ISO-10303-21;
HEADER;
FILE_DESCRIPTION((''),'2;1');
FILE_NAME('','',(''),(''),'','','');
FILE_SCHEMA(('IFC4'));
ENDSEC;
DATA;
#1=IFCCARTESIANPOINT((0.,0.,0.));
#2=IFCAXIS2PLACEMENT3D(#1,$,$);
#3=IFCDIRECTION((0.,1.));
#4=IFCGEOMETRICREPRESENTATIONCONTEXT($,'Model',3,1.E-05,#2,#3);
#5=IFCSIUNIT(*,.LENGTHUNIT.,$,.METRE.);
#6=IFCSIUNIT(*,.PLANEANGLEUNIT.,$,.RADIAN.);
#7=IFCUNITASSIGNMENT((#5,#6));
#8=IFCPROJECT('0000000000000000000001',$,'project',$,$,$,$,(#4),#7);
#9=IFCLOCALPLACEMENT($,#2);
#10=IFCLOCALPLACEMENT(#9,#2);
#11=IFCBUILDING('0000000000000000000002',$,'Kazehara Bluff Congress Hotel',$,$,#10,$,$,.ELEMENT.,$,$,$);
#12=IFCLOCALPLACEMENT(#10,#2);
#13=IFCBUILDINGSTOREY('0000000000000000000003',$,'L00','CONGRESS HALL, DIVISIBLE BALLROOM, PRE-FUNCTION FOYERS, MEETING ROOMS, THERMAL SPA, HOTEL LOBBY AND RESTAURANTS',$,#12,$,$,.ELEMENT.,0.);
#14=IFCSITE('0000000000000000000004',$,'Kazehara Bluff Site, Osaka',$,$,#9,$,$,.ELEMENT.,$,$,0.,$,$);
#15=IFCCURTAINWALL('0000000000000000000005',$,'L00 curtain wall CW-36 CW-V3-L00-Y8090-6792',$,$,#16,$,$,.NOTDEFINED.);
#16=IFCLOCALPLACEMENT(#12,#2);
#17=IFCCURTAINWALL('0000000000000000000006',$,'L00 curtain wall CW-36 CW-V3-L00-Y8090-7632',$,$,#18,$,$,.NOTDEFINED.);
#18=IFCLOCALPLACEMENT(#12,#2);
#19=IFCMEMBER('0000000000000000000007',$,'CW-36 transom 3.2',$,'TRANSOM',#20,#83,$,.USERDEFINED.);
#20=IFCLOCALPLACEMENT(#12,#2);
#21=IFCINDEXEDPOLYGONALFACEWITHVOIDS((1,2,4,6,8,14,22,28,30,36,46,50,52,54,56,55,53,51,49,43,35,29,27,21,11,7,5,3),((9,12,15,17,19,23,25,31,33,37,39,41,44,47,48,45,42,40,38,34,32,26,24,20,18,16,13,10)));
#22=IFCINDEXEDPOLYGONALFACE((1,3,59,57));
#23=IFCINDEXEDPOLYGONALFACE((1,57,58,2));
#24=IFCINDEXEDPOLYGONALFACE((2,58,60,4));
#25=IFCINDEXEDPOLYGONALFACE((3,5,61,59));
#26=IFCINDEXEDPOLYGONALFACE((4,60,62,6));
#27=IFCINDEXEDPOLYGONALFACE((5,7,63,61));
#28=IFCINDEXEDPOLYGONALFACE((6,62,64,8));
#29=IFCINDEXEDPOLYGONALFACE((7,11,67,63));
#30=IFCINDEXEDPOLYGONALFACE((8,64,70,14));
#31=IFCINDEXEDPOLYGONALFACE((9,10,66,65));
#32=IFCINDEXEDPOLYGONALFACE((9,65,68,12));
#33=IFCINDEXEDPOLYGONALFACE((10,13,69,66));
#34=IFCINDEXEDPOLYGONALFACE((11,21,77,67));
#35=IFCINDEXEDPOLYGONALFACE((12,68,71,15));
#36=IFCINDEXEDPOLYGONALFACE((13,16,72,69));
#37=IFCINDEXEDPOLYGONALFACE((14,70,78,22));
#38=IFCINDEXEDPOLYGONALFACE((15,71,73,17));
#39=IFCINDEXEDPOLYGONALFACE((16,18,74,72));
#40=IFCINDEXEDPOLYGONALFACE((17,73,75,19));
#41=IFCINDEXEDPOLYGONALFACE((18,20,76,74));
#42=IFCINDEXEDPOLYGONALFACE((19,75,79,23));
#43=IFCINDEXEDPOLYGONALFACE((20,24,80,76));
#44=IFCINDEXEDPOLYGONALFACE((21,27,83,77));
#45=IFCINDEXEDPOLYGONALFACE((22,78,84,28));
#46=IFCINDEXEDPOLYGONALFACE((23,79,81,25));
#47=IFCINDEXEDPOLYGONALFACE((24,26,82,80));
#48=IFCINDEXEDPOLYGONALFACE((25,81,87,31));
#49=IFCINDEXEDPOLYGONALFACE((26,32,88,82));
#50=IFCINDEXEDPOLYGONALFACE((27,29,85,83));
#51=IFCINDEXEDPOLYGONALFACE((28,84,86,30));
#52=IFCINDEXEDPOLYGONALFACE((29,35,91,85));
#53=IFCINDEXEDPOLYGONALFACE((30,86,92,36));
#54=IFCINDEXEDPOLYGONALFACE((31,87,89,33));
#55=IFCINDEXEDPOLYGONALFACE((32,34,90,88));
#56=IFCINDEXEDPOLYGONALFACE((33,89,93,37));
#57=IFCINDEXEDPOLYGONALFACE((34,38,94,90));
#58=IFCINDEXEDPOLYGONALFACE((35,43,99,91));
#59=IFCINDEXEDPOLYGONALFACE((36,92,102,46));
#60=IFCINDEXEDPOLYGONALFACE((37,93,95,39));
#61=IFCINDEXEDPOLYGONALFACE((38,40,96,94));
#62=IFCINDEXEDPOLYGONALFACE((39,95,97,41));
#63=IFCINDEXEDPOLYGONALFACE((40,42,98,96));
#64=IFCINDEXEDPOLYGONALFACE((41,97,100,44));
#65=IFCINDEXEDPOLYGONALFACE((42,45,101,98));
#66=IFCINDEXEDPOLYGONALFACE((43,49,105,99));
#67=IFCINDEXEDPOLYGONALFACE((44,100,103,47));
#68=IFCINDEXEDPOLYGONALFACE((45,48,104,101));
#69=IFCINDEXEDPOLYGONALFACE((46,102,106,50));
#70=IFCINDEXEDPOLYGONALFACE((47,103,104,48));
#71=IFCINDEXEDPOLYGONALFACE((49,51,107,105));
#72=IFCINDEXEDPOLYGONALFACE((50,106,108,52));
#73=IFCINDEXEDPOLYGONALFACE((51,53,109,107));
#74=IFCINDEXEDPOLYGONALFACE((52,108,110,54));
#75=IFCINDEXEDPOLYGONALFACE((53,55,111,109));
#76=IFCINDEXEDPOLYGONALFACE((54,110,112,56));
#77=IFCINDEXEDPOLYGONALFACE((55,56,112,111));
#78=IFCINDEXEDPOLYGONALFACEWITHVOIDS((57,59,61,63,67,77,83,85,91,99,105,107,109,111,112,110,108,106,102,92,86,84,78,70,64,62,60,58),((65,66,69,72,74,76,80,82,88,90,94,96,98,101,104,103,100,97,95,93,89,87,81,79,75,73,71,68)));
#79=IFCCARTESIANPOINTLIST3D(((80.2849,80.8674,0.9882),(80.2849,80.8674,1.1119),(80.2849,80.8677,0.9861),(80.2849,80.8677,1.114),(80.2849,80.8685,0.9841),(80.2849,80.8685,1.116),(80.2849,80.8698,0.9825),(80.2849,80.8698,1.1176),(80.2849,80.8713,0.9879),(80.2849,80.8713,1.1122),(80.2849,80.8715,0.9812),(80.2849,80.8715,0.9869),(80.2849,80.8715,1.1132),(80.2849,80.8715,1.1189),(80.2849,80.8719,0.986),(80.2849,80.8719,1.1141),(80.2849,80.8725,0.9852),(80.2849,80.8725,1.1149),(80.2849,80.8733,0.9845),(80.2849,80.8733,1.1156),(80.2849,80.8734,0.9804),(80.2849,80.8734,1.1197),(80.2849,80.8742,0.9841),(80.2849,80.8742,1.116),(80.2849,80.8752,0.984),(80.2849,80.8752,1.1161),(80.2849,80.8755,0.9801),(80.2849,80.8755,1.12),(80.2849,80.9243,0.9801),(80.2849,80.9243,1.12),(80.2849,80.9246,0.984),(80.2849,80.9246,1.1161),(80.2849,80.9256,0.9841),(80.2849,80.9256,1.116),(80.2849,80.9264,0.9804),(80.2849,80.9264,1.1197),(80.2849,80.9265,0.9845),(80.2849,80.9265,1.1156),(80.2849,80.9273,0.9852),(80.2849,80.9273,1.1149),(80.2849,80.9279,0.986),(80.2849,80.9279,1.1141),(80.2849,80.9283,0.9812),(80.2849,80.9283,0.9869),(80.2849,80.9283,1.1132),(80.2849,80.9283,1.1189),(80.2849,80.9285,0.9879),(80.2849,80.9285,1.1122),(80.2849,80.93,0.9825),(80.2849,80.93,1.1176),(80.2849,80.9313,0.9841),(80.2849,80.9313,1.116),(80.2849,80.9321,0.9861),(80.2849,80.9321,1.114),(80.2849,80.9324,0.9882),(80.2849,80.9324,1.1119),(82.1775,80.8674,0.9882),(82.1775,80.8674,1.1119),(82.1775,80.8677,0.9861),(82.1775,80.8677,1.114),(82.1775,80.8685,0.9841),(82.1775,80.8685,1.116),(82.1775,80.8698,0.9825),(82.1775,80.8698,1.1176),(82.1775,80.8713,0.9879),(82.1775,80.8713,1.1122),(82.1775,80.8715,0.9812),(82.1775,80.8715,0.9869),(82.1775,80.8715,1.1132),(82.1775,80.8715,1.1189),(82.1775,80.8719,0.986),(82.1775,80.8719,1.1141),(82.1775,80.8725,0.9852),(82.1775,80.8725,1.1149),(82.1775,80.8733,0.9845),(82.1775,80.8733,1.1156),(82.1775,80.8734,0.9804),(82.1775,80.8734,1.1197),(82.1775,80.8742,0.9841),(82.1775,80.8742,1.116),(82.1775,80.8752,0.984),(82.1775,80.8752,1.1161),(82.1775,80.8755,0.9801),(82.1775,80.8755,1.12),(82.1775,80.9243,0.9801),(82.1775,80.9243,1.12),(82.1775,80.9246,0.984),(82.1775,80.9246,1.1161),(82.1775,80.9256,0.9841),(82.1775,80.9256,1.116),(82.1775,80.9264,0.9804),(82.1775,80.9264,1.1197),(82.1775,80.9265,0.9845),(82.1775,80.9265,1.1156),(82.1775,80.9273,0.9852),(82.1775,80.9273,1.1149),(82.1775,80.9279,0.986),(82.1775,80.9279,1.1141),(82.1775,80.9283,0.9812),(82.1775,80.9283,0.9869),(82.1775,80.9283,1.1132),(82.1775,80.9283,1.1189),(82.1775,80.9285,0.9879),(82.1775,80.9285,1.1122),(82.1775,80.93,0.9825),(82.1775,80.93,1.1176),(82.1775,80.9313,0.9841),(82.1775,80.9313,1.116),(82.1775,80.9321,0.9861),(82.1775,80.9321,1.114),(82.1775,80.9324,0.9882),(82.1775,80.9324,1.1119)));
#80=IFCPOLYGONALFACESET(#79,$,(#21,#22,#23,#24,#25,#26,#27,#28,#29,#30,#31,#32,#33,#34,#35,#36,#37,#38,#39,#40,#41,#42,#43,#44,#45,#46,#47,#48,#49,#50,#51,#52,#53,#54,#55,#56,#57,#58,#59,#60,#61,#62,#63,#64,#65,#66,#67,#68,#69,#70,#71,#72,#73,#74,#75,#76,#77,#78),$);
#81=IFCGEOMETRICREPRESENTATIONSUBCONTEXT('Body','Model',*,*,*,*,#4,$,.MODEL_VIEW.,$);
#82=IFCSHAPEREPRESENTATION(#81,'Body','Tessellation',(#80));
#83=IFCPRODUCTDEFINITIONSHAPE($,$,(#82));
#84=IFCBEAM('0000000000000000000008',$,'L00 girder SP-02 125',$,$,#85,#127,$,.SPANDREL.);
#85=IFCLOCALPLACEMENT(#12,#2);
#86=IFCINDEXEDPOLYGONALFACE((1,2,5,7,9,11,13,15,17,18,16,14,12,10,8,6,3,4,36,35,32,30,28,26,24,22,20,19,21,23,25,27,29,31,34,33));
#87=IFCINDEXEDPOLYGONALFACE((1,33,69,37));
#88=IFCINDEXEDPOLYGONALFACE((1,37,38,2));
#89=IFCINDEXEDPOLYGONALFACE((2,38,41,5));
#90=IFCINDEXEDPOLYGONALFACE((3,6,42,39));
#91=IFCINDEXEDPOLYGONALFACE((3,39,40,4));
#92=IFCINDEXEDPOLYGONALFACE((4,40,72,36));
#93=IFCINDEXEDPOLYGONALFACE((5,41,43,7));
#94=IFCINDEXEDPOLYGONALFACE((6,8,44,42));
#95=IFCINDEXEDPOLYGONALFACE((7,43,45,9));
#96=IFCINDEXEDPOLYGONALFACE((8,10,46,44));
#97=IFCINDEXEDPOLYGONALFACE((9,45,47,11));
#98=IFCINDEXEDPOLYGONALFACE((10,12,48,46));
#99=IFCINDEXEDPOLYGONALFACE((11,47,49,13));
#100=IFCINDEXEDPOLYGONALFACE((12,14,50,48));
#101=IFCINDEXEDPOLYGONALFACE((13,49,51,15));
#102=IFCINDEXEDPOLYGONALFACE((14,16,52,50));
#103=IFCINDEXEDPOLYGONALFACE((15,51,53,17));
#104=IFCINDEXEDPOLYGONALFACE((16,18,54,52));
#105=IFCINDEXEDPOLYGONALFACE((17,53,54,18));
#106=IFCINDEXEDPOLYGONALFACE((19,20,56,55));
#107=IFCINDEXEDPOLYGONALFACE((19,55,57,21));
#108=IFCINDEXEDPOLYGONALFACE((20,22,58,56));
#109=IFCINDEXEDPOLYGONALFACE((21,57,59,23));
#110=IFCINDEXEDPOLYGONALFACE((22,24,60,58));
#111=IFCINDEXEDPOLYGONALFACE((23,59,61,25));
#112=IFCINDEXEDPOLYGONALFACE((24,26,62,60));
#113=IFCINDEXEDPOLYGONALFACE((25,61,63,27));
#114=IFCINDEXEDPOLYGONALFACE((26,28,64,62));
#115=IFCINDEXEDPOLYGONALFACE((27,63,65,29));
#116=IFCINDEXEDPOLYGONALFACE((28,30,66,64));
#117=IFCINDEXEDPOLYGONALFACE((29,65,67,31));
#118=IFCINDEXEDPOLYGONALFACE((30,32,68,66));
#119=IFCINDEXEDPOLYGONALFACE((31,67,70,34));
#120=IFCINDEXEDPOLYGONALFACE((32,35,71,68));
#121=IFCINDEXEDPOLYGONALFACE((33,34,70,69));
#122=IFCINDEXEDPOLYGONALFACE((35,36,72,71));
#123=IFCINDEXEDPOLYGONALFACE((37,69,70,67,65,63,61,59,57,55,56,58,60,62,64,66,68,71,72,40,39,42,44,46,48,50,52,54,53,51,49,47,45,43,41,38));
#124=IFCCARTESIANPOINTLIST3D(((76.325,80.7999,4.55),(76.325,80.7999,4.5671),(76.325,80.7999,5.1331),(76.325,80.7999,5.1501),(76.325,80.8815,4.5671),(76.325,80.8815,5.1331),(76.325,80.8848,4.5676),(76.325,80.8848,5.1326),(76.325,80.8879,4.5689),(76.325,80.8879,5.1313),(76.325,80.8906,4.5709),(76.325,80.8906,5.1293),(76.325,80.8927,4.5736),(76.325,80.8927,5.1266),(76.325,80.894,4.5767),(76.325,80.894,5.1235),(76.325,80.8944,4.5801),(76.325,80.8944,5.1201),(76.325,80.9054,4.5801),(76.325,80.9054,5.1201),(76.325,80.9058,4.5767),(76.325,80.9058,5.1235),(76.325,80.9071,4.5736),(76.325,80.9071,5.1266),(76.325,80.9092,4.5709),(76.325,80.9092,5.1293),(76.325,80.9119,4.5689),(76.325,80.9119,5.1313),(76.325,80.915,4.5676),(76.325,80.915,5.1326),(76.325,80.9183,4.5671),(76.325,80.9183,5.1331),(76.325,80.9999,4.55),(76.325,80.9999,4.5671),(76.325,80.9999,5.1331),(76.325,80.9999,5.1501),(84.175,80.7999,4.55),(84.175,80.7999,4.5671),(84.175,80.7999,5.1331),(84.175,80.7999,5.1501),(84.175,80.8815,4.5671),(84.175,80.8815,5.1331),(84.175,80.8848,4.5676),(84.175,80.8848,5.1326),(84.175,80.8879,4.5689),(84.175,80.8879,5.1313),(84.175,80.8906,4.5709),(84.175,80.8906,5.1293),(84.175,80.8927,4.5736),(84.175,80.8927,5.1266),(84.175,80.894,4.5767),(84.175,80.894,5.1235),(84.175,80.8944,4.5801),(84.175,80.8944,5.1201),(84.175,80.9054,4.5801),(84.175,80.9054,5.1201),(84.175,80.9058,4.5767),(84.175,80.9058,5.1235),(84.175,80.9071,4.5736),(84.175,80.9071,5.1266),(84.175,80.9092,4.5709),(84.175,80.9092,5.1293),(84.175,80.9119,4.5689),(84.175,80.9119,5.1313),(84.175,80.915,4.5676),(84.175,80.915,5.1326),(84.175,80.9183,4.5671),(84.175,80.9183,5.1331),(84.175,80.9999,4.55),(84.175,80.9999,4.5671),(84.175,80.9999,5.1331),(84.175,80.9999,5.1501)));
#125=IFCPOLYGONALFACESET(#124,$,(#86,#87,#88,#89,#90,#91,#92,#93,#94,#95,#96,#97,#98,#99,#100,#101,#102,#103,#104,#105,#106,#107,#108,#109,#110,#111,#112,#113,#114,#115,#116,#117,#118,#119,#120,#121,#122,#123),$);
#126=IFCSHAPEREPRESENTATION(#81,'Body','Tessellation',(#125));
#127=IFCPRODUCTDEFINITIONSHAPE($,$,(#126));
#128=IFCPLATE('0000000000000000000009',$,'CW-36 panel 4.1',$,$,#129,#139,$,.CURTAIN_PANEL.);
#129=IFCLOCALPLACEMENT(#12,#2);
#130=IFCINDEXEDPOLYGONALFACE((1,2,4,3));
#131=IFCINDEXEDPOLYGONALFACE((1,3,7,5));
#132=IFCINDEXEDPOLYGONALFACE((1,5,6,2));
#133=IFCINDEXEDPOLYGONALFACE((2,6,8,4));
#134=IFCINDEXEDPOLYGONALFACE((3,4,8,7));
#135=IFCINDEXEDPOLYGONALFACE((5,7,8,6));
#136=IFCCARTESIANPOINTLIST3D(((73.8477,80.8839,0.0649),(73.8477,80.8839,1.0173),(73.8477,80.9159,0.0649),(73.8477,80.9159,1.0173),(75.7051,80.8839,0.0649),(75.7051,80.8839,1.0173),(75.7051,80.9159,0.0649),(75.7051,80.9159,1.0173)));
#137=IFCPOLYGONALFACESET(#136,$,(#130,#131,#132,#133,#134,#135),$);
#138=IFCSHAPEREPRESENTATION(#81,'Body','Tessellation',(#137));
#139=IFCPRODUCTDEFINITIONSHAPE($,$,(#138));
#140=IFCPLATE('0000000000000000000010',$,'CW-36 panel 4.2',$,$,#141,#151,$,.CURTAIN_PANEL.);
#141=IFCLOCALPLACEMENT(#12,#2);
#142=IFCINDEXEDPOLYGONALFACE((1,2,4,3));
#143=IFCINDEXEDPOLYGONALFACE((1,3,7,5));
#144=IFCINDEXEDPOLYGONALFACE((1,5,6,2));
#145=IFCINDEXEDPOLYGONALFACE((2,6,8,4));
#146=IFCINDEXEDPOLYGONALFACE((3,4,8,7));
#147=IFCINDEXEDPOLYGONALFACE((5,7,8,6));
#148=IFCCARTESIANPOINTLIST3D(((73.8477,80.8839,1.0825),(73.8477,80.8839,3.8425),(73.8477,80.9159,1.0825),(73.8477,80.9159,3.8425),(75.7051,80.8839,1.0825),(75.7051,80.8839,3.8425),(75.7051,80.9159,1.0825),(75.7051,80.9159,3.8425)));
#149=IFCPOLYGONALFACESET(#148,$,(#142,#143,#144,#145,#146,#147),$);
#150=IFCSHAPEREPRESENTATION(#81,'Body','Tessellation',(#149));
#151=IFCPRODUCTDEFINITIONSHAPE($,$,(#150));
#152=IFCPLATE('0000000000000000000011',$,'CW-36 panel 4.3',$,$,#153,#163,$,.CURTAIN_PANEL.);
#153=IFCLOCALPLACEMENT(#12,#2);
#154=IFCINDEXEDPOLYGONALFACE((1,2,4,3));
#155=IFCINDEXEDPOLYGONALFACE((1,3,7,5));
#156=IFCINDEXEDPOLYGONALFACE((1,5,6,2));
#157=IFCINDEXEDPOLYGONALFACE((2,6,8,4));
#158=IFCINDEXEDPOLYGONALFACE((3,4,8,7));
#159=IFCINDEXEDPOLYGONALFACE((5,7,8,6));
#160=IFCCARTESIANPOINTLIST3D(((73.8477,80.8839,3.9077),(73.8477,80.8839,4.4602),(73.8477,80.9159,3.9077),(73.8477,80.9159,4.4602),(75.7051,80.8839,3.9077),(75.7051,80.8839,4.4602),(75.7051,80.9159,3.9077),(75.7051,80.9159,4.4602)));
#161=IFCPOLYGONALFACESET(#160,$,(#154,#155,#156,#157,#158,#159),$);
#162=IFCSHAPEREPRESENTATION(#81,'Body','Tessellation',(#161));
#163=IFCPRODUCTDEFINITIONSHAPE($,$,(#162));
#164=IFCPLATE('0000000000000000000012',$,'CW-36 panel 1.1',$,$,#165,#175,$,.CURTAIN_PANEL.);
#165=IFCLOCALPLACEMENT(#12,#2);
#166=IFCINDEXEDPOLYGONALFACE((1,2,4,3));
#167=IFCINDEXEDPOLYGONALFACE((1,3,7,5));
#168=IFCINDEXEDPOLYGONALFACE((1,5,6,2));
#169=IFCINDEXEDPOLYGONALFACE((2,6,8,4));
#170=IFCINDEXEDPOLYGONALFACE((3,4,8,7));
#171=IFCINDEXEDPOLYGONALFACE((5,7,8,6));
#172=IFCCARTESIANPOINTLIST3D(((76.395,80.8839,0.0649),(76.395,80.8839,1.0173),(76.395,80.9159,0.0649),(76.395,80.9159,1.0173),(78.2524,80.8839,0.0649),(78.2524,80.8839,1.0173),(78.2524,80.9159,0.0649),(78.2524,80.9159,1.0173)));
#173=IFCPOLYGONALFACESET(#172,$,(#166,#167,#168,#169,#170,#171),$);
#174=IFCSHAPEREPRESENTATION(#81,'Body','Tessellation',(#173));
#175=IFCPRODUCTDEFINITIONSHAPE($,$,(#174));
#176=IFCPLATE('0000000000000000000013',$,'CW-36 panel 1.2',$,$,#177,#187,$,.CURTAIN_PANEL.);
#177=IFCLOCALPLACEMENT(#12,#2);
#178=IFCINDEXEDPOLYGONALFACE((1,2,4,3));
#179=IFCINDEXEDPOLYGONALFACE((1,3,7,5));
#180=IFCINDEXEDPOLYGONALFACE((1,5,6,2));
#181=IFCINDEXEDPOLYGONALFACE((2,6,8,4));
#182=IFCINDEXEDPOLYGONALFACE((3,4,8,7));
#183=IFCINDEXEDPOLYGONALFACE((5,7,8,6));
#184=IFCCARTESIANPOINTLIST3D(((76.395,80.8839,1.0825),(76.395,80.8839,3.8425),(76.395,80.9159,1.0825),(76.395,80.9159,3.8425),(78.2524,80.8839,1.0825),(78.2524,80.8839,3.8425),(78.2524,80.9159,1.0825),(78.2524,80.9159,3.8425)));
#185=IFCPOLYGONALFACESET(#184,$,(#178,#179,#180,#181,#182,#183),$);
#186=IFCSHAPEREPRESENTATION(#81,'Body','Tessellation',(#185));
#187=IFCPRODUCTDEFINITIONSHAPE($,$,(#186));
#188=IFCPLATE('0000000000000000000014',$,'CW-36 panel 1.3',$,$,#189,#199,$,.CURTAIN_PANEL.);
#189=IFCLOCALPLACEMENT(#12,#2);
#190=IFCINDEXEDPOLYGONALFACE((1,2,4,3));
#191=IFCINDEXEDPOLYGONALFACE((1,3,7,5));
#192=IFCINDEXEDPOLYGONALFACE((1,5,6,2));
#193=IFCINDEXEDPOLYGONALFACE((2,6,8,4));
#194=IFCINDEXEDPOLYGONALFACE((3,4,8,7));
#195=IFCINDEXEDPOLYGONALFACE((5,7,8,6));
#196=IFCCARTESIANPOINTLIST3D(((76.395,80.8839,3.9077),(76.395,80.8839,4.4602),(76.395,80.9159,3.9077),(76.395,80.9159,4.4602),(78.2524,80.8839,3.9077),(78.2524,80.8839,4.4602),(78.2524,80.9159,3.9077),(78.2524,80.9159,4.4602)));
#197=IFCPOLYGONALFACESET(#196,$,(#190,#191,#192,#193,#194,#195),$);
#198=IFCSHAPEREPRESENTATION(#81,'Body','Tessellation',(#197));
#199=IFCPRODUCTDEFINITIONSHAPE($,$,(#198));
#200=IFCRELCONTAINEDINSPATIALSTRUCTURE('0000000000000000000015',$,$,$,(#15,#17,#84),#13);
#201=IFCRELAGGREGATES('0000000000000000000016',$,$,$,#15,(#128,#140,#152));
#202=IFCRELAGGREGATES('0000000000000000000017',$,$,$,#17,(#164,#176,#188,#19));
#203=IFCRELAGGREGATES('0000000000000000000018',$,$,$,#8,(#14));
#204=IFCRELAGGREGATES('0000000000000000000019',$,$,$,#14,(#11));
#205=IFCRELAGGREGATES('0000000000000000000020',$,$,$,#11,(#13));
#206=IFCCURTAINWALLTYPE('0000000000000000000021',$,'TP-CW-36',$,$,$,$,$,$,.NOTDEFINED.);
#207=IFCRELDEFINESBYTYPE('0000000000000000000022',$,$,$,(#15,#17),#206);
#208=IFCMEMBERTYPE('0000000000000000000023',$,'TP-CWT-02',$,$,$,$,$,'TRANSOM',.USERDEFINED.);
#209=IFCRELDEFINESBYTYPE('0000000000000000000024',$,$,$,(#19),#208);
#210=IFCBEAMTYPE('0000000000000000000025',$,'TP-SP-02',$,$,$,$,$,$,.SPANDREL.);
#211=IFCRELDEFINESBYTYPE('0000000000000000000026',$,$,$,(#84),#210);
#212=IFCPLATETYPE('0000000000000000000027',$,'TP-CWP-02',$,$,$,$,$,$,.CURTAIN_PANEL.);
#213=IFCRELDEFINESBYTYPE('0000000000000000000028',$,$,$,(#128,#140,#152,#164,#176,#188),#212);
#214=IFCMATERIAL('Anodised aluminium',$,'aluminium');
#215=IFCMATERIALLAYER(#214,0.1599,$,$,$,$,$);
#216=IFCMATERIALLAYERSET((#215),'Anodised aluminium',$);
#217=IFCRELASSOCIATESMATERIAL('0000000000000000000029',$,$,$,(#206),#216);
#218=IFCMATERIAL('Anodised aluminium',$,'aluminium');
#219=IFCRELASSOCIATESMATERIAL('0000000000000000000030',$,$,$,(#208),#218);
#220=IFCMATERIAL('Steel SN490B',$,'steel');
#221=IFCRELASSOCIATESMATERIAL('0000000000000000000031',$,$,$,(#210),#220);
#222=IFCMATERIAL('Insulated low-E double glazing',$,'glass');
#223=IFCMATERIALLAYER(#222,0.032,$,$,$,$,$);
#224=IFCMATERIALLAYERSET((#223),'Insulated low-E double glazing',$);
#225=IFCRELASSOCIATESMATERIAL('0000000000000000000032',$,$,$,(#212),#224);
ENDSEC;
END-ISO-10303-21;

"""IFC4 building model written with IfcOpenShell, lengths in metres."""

from ifc_helpers import new_model, si_unit, direction, frame, origin, origin_2d, place, context, subcontext, project, spatial, rectangle, hollow_rectangle, i_section, extrude, material, layer, layer_set, material_profile, profile_set, type_object, element, aggregate, save


model = new_model("IFC4")

# Units and contexts
model_context = context("Model", 3, precision=1e-05, world=origin(), true_north=direction((0.0, 1.0)))
body_context = subcontext(model_context, "Body", "Model", "MODEL_VIEW")
ifc_project = project(units=[si_unit("LENGTHUNIT", "METRE"), si_unit("PLANEANGLEUNIT", "RADIAN")], contexts=[model_context])

# Site, building, storey
site_placement = place(None, origin())
site = spatial("IfcSite", under=ifc_project, at=site_placement, Name="Kazehara Bluff Site, Osaka", CompositionType="ELEMENT", RefElevation=0.0)
building_placement = place(site_placement, origin())
building = spatial("IfcBuilding", under=site, at=building_placement, Name="Kazehara Bluff Congress Hotel", CompositionType="ELEMENT")
storey_placement = place(building_placement, origin())
storey = spatial("IfcBuildingStorey", under=building, at=storey_placement, Name="L00", Description="CONGRESS HALL, DIVISIBLE BALLROOM, PRE-FUNCTION FOYERS, MEETING ROOMS, THERMAL SPA, HOTEL LOBBY AND RESTAURANTS", CompositionType="ELEMENT", Elevation=0.0)

# Curtain wall
ifc_material_1 = material(Name="Anodised aluminium", Category="aluminium")
ifc_layer_1 = layer(ifc_material_1, 0.1599)
ifc_layer_set_1 = layer_set([ifc_layer_1], Name="Anodised aluminium")
curtain_wall_type = type_object("IfcCurtainWallType", Name="TP-CW-36", PredefinedType="NOTDEFINED", material=ifc_layer_set_1)
curtain_wall_1_placement = place(storey_placement, origin())
curtain_wall_1 = element("IfcCurtainWall", 1, at=curtain_wall_1_placement, inside=storey, type_object=curtain_wall_type, Name="L00 curtain wall CW-36 CW-V3-L00-Y8090-6792", PredefinedType="NOTDEFINED")

# Curtain wall
curtain_wall_2_placement = place(storey_placement, origin())
curtain_wall_2 = element("IfcCurtainWall", 2, at=curtain_wall_2_placement, inside=storey, type_object=curtain_wall_type, Name="L00 curtain wall CW-36 CW-V3-L00-Y8090-7632", PredefinedType="NOTDEFINED")

# Member
ifc_material_2 = material(Name="Anodised aluminium", Category="aluminium")
ifc_material_profile_1 = material_profile(ifc_material_2, hollow_rectangle(XDim=0.0649, YDim=0.1399, WallThickness=0.0039, InnerFilletRadius=0.0039, OuterFilletRadius=0.0081, at=origin_2d()))
ifc_profile_set_1 = profile_set([ifc_material_profile_1], Name="Anodised aluminium")
member_type_1 = type_object("IfcMemberType", Name="TP-CWT-02", ElementType="TRANSOM", PredefinedType="USERDEFINED", material=ifc_profile_set_1)
member_1_placement = place(storey_placement, frame((80.2849, 80.8999, 1.05), z_axis=(1.0, 0.0, 0.0), x_axis=(0.0, 1.0, 0.0)))
member_1 = element("IfcMember", 3, at=member_1_placement, type_object=member_type_1, Name="CW-36 transom 3.2", ObjectType="TRANSOM", PredefinedType="USERDEFINED", context=body_context, shape_type="SweptSolid", body=[
    extrude(hollow_rectangle(XDim=0.0649, YDim=0.1399, WallThickness=0.0039, InnerFilletRadius=0.0039, OuterFilletRadius=0.0081, at=origin_2d()), origin(), (0.0, 0.0, 1.0), 1.8926),
])

# Beam
ifc_material_3 = material(Name="Steel SN490B", Category="steel")
ifc_material_profile_2 = material_profile(ifc_material_3, i_section(OverallWidth=0.2, OverallDepth=0.6001, WebThickness=0.011, FlangeThickness=0.0171, FilletRadius=0.0129, at=origin_2d()))
ifc_profile_set_2 = profile_set([ifc_material_profile_2], Name="Steel SN490B")
beam_type = type_object("IfcBeamType", Name="TP-SP-02", PredefinedType="SPANDREL", material=ifc_profile_set_2)
beam_placement = place(storey_placement, frame((76.325, 80.8999, 4.8501), z_axis=(1.0, 0.0, 0.0), x_axis=(0.0, 1.0, 0.0)))
element("IfcBeam", 4, at=beam_placement, inside=storey, type_object=beam_type, Name="L00 girder SP-02 125", PredefinedType="SPANDREL", context=body_context, shape_type="SweptSolid", body=[
    extrude(i_section(OverallWidth=0.2, OverallDepth=0.6001, WebThickness=0.011, FlangeThickness=0.0171, FilletRadius=0.0129, at=origin_2d()), origin(), (0.0, 0.0, 1.0), 7.8501),
])

# Plates
ifc_material_4 = material(Name="Insulated low-E double glazing", Category="glass")
ifc_layer_2 = layer(ifc_material_4, 0.032)
ifc_layer_set_2 = layer_set([ifc_layer_2], Name="Insulated low-E double glazing")
plate_type = type_object("IfcPlateType", Name="TP-CWP-02", PredefinedType="CURTAIN_PANEL", material=ifc_layer_set_2)
plate_1_placement = place(storey_placement, frame((74.7764, 80.8999, 0.0649), z_axis=(0.0, 0.0, 1.0), x_axis=(1.0, 0.0, 0.0)))
plate_1 = element("IfcPlate", 5, at=plate_1_placement, type_object=plate_type, Name="CW-36 panel 4.1", PredefinedType="CURTAIN_PANEL", context=body_context, shape_type="SweptSolid", body=[
    extrude(rectangle(XDim=1.8574, YDim=0.032, at=origin_2d()), origin(), (0.0, 0.0, 1.0), 0.9524),
])
plate_2_placement = place(storey_placement, frame((74.7764, 80.8999, 1.0825), z_axis=(0.0, 0.0, 1.0), x_axis=(1.0, 0.0, 0.0)))
plate_2 = element("IfcPlate", 6, at=plate_2_placement, type_object=plate_type, Name="CW-36 panel 4.2", PredefinedType="CURTAIN_PANEL", context=body_context, shape_type="SweptSolid", body=[
    extrude(rectangle(XDim=1.8574, YDim=0.032, at=origin_2d()), origin(), (0.0, 0.0, 1.0), 2.76),
])
plate_3_placement = place(storey_placement, frame((74.7764, 80.8999, 3.9077), z_axis=(0.0, 0.0, 1.0), x_axis=(1.0, 0.0, 0.0)))
plate_3 = element("IfcPlate", 7, at=plate_3_placement, type_object=plate_type, Name="CW-36 panel 4.3", PredefinedType="CURTAIN_PANEL", context=body_context, shape_type="SweptSolid", body=[
    extrude(rectangle(XDim=1.8574, YDim=0.032, at=origin_2d()), origin(), (0.0, 0.0, 1.0), 0.5525),
])
aggregate(curtain_wall_1, [plate_1, plate_2, plate_3])
plate_4_placement = place(storey_placement, frame((77.3237, 80.8999, 0.0649), z_axis=(0.0, 0.0, 1.0), x_axis=(1.0, 0.0, 0.0)))
plate_4 = element("IfcPlate", 8, at=plate_4_placement, type_object=plate_type, Name="CW-36 panel 1.1", PredefinedType="CURTAIN_PANEL", context=body_context, shape_type="SweptSolid", body=[
    extrude(rectangle(XDim=1.8574, YDim=0.032, at=origin_2d()), origin(), (0.0, 0.0, 1.0), 0.9524),
])
plate_5_placement = place(storey_placement, frame((77.3237, 80.8999, 1.0825), z_axis=(0.0, 0.0, 1.0), x_axis=(1.0, 0.0, 0.0)))
plate_5 = element("IfcPlate", 9, at=plate_5_placement, type_object=plate_type, Name="CW-36 panel 1.2", PredefinedType="CURTAIN_PANEL", context=body_context, shape_type="SweptSolid", body=[
    extrude(rectangle(XDim=1.8574, YDim=0.032, at=origin_2d()), origin(), (0.0, 0.0, 1.0), 2.76),
])
plate_6_placement = place(storey_placement, frame((77.3237, 80.8999, 3.9077), z_axis=(0.0, 0.0, 1.0), x_axis=(1.0, 0.0, 0.0)))
plate_6 = element("IfcPlate", 10, at=plate_6_placement, type_object=plate_type, Name="CW-36 panel 1.3", PredefinedType="CURTAIN_PANEL", context=body_context, shape_type="SweptSolid", body=[
    extrude(rectangle(XDim=1.8574, YDim=0.032, at=origin_2d()), origin(), (0.0, 0.0, 1.0), 0.5525),
])
aggregate(curtain_wall_2, [plate_4, plate_5, plate_6, member_1])

save(model, "model.ifc")
